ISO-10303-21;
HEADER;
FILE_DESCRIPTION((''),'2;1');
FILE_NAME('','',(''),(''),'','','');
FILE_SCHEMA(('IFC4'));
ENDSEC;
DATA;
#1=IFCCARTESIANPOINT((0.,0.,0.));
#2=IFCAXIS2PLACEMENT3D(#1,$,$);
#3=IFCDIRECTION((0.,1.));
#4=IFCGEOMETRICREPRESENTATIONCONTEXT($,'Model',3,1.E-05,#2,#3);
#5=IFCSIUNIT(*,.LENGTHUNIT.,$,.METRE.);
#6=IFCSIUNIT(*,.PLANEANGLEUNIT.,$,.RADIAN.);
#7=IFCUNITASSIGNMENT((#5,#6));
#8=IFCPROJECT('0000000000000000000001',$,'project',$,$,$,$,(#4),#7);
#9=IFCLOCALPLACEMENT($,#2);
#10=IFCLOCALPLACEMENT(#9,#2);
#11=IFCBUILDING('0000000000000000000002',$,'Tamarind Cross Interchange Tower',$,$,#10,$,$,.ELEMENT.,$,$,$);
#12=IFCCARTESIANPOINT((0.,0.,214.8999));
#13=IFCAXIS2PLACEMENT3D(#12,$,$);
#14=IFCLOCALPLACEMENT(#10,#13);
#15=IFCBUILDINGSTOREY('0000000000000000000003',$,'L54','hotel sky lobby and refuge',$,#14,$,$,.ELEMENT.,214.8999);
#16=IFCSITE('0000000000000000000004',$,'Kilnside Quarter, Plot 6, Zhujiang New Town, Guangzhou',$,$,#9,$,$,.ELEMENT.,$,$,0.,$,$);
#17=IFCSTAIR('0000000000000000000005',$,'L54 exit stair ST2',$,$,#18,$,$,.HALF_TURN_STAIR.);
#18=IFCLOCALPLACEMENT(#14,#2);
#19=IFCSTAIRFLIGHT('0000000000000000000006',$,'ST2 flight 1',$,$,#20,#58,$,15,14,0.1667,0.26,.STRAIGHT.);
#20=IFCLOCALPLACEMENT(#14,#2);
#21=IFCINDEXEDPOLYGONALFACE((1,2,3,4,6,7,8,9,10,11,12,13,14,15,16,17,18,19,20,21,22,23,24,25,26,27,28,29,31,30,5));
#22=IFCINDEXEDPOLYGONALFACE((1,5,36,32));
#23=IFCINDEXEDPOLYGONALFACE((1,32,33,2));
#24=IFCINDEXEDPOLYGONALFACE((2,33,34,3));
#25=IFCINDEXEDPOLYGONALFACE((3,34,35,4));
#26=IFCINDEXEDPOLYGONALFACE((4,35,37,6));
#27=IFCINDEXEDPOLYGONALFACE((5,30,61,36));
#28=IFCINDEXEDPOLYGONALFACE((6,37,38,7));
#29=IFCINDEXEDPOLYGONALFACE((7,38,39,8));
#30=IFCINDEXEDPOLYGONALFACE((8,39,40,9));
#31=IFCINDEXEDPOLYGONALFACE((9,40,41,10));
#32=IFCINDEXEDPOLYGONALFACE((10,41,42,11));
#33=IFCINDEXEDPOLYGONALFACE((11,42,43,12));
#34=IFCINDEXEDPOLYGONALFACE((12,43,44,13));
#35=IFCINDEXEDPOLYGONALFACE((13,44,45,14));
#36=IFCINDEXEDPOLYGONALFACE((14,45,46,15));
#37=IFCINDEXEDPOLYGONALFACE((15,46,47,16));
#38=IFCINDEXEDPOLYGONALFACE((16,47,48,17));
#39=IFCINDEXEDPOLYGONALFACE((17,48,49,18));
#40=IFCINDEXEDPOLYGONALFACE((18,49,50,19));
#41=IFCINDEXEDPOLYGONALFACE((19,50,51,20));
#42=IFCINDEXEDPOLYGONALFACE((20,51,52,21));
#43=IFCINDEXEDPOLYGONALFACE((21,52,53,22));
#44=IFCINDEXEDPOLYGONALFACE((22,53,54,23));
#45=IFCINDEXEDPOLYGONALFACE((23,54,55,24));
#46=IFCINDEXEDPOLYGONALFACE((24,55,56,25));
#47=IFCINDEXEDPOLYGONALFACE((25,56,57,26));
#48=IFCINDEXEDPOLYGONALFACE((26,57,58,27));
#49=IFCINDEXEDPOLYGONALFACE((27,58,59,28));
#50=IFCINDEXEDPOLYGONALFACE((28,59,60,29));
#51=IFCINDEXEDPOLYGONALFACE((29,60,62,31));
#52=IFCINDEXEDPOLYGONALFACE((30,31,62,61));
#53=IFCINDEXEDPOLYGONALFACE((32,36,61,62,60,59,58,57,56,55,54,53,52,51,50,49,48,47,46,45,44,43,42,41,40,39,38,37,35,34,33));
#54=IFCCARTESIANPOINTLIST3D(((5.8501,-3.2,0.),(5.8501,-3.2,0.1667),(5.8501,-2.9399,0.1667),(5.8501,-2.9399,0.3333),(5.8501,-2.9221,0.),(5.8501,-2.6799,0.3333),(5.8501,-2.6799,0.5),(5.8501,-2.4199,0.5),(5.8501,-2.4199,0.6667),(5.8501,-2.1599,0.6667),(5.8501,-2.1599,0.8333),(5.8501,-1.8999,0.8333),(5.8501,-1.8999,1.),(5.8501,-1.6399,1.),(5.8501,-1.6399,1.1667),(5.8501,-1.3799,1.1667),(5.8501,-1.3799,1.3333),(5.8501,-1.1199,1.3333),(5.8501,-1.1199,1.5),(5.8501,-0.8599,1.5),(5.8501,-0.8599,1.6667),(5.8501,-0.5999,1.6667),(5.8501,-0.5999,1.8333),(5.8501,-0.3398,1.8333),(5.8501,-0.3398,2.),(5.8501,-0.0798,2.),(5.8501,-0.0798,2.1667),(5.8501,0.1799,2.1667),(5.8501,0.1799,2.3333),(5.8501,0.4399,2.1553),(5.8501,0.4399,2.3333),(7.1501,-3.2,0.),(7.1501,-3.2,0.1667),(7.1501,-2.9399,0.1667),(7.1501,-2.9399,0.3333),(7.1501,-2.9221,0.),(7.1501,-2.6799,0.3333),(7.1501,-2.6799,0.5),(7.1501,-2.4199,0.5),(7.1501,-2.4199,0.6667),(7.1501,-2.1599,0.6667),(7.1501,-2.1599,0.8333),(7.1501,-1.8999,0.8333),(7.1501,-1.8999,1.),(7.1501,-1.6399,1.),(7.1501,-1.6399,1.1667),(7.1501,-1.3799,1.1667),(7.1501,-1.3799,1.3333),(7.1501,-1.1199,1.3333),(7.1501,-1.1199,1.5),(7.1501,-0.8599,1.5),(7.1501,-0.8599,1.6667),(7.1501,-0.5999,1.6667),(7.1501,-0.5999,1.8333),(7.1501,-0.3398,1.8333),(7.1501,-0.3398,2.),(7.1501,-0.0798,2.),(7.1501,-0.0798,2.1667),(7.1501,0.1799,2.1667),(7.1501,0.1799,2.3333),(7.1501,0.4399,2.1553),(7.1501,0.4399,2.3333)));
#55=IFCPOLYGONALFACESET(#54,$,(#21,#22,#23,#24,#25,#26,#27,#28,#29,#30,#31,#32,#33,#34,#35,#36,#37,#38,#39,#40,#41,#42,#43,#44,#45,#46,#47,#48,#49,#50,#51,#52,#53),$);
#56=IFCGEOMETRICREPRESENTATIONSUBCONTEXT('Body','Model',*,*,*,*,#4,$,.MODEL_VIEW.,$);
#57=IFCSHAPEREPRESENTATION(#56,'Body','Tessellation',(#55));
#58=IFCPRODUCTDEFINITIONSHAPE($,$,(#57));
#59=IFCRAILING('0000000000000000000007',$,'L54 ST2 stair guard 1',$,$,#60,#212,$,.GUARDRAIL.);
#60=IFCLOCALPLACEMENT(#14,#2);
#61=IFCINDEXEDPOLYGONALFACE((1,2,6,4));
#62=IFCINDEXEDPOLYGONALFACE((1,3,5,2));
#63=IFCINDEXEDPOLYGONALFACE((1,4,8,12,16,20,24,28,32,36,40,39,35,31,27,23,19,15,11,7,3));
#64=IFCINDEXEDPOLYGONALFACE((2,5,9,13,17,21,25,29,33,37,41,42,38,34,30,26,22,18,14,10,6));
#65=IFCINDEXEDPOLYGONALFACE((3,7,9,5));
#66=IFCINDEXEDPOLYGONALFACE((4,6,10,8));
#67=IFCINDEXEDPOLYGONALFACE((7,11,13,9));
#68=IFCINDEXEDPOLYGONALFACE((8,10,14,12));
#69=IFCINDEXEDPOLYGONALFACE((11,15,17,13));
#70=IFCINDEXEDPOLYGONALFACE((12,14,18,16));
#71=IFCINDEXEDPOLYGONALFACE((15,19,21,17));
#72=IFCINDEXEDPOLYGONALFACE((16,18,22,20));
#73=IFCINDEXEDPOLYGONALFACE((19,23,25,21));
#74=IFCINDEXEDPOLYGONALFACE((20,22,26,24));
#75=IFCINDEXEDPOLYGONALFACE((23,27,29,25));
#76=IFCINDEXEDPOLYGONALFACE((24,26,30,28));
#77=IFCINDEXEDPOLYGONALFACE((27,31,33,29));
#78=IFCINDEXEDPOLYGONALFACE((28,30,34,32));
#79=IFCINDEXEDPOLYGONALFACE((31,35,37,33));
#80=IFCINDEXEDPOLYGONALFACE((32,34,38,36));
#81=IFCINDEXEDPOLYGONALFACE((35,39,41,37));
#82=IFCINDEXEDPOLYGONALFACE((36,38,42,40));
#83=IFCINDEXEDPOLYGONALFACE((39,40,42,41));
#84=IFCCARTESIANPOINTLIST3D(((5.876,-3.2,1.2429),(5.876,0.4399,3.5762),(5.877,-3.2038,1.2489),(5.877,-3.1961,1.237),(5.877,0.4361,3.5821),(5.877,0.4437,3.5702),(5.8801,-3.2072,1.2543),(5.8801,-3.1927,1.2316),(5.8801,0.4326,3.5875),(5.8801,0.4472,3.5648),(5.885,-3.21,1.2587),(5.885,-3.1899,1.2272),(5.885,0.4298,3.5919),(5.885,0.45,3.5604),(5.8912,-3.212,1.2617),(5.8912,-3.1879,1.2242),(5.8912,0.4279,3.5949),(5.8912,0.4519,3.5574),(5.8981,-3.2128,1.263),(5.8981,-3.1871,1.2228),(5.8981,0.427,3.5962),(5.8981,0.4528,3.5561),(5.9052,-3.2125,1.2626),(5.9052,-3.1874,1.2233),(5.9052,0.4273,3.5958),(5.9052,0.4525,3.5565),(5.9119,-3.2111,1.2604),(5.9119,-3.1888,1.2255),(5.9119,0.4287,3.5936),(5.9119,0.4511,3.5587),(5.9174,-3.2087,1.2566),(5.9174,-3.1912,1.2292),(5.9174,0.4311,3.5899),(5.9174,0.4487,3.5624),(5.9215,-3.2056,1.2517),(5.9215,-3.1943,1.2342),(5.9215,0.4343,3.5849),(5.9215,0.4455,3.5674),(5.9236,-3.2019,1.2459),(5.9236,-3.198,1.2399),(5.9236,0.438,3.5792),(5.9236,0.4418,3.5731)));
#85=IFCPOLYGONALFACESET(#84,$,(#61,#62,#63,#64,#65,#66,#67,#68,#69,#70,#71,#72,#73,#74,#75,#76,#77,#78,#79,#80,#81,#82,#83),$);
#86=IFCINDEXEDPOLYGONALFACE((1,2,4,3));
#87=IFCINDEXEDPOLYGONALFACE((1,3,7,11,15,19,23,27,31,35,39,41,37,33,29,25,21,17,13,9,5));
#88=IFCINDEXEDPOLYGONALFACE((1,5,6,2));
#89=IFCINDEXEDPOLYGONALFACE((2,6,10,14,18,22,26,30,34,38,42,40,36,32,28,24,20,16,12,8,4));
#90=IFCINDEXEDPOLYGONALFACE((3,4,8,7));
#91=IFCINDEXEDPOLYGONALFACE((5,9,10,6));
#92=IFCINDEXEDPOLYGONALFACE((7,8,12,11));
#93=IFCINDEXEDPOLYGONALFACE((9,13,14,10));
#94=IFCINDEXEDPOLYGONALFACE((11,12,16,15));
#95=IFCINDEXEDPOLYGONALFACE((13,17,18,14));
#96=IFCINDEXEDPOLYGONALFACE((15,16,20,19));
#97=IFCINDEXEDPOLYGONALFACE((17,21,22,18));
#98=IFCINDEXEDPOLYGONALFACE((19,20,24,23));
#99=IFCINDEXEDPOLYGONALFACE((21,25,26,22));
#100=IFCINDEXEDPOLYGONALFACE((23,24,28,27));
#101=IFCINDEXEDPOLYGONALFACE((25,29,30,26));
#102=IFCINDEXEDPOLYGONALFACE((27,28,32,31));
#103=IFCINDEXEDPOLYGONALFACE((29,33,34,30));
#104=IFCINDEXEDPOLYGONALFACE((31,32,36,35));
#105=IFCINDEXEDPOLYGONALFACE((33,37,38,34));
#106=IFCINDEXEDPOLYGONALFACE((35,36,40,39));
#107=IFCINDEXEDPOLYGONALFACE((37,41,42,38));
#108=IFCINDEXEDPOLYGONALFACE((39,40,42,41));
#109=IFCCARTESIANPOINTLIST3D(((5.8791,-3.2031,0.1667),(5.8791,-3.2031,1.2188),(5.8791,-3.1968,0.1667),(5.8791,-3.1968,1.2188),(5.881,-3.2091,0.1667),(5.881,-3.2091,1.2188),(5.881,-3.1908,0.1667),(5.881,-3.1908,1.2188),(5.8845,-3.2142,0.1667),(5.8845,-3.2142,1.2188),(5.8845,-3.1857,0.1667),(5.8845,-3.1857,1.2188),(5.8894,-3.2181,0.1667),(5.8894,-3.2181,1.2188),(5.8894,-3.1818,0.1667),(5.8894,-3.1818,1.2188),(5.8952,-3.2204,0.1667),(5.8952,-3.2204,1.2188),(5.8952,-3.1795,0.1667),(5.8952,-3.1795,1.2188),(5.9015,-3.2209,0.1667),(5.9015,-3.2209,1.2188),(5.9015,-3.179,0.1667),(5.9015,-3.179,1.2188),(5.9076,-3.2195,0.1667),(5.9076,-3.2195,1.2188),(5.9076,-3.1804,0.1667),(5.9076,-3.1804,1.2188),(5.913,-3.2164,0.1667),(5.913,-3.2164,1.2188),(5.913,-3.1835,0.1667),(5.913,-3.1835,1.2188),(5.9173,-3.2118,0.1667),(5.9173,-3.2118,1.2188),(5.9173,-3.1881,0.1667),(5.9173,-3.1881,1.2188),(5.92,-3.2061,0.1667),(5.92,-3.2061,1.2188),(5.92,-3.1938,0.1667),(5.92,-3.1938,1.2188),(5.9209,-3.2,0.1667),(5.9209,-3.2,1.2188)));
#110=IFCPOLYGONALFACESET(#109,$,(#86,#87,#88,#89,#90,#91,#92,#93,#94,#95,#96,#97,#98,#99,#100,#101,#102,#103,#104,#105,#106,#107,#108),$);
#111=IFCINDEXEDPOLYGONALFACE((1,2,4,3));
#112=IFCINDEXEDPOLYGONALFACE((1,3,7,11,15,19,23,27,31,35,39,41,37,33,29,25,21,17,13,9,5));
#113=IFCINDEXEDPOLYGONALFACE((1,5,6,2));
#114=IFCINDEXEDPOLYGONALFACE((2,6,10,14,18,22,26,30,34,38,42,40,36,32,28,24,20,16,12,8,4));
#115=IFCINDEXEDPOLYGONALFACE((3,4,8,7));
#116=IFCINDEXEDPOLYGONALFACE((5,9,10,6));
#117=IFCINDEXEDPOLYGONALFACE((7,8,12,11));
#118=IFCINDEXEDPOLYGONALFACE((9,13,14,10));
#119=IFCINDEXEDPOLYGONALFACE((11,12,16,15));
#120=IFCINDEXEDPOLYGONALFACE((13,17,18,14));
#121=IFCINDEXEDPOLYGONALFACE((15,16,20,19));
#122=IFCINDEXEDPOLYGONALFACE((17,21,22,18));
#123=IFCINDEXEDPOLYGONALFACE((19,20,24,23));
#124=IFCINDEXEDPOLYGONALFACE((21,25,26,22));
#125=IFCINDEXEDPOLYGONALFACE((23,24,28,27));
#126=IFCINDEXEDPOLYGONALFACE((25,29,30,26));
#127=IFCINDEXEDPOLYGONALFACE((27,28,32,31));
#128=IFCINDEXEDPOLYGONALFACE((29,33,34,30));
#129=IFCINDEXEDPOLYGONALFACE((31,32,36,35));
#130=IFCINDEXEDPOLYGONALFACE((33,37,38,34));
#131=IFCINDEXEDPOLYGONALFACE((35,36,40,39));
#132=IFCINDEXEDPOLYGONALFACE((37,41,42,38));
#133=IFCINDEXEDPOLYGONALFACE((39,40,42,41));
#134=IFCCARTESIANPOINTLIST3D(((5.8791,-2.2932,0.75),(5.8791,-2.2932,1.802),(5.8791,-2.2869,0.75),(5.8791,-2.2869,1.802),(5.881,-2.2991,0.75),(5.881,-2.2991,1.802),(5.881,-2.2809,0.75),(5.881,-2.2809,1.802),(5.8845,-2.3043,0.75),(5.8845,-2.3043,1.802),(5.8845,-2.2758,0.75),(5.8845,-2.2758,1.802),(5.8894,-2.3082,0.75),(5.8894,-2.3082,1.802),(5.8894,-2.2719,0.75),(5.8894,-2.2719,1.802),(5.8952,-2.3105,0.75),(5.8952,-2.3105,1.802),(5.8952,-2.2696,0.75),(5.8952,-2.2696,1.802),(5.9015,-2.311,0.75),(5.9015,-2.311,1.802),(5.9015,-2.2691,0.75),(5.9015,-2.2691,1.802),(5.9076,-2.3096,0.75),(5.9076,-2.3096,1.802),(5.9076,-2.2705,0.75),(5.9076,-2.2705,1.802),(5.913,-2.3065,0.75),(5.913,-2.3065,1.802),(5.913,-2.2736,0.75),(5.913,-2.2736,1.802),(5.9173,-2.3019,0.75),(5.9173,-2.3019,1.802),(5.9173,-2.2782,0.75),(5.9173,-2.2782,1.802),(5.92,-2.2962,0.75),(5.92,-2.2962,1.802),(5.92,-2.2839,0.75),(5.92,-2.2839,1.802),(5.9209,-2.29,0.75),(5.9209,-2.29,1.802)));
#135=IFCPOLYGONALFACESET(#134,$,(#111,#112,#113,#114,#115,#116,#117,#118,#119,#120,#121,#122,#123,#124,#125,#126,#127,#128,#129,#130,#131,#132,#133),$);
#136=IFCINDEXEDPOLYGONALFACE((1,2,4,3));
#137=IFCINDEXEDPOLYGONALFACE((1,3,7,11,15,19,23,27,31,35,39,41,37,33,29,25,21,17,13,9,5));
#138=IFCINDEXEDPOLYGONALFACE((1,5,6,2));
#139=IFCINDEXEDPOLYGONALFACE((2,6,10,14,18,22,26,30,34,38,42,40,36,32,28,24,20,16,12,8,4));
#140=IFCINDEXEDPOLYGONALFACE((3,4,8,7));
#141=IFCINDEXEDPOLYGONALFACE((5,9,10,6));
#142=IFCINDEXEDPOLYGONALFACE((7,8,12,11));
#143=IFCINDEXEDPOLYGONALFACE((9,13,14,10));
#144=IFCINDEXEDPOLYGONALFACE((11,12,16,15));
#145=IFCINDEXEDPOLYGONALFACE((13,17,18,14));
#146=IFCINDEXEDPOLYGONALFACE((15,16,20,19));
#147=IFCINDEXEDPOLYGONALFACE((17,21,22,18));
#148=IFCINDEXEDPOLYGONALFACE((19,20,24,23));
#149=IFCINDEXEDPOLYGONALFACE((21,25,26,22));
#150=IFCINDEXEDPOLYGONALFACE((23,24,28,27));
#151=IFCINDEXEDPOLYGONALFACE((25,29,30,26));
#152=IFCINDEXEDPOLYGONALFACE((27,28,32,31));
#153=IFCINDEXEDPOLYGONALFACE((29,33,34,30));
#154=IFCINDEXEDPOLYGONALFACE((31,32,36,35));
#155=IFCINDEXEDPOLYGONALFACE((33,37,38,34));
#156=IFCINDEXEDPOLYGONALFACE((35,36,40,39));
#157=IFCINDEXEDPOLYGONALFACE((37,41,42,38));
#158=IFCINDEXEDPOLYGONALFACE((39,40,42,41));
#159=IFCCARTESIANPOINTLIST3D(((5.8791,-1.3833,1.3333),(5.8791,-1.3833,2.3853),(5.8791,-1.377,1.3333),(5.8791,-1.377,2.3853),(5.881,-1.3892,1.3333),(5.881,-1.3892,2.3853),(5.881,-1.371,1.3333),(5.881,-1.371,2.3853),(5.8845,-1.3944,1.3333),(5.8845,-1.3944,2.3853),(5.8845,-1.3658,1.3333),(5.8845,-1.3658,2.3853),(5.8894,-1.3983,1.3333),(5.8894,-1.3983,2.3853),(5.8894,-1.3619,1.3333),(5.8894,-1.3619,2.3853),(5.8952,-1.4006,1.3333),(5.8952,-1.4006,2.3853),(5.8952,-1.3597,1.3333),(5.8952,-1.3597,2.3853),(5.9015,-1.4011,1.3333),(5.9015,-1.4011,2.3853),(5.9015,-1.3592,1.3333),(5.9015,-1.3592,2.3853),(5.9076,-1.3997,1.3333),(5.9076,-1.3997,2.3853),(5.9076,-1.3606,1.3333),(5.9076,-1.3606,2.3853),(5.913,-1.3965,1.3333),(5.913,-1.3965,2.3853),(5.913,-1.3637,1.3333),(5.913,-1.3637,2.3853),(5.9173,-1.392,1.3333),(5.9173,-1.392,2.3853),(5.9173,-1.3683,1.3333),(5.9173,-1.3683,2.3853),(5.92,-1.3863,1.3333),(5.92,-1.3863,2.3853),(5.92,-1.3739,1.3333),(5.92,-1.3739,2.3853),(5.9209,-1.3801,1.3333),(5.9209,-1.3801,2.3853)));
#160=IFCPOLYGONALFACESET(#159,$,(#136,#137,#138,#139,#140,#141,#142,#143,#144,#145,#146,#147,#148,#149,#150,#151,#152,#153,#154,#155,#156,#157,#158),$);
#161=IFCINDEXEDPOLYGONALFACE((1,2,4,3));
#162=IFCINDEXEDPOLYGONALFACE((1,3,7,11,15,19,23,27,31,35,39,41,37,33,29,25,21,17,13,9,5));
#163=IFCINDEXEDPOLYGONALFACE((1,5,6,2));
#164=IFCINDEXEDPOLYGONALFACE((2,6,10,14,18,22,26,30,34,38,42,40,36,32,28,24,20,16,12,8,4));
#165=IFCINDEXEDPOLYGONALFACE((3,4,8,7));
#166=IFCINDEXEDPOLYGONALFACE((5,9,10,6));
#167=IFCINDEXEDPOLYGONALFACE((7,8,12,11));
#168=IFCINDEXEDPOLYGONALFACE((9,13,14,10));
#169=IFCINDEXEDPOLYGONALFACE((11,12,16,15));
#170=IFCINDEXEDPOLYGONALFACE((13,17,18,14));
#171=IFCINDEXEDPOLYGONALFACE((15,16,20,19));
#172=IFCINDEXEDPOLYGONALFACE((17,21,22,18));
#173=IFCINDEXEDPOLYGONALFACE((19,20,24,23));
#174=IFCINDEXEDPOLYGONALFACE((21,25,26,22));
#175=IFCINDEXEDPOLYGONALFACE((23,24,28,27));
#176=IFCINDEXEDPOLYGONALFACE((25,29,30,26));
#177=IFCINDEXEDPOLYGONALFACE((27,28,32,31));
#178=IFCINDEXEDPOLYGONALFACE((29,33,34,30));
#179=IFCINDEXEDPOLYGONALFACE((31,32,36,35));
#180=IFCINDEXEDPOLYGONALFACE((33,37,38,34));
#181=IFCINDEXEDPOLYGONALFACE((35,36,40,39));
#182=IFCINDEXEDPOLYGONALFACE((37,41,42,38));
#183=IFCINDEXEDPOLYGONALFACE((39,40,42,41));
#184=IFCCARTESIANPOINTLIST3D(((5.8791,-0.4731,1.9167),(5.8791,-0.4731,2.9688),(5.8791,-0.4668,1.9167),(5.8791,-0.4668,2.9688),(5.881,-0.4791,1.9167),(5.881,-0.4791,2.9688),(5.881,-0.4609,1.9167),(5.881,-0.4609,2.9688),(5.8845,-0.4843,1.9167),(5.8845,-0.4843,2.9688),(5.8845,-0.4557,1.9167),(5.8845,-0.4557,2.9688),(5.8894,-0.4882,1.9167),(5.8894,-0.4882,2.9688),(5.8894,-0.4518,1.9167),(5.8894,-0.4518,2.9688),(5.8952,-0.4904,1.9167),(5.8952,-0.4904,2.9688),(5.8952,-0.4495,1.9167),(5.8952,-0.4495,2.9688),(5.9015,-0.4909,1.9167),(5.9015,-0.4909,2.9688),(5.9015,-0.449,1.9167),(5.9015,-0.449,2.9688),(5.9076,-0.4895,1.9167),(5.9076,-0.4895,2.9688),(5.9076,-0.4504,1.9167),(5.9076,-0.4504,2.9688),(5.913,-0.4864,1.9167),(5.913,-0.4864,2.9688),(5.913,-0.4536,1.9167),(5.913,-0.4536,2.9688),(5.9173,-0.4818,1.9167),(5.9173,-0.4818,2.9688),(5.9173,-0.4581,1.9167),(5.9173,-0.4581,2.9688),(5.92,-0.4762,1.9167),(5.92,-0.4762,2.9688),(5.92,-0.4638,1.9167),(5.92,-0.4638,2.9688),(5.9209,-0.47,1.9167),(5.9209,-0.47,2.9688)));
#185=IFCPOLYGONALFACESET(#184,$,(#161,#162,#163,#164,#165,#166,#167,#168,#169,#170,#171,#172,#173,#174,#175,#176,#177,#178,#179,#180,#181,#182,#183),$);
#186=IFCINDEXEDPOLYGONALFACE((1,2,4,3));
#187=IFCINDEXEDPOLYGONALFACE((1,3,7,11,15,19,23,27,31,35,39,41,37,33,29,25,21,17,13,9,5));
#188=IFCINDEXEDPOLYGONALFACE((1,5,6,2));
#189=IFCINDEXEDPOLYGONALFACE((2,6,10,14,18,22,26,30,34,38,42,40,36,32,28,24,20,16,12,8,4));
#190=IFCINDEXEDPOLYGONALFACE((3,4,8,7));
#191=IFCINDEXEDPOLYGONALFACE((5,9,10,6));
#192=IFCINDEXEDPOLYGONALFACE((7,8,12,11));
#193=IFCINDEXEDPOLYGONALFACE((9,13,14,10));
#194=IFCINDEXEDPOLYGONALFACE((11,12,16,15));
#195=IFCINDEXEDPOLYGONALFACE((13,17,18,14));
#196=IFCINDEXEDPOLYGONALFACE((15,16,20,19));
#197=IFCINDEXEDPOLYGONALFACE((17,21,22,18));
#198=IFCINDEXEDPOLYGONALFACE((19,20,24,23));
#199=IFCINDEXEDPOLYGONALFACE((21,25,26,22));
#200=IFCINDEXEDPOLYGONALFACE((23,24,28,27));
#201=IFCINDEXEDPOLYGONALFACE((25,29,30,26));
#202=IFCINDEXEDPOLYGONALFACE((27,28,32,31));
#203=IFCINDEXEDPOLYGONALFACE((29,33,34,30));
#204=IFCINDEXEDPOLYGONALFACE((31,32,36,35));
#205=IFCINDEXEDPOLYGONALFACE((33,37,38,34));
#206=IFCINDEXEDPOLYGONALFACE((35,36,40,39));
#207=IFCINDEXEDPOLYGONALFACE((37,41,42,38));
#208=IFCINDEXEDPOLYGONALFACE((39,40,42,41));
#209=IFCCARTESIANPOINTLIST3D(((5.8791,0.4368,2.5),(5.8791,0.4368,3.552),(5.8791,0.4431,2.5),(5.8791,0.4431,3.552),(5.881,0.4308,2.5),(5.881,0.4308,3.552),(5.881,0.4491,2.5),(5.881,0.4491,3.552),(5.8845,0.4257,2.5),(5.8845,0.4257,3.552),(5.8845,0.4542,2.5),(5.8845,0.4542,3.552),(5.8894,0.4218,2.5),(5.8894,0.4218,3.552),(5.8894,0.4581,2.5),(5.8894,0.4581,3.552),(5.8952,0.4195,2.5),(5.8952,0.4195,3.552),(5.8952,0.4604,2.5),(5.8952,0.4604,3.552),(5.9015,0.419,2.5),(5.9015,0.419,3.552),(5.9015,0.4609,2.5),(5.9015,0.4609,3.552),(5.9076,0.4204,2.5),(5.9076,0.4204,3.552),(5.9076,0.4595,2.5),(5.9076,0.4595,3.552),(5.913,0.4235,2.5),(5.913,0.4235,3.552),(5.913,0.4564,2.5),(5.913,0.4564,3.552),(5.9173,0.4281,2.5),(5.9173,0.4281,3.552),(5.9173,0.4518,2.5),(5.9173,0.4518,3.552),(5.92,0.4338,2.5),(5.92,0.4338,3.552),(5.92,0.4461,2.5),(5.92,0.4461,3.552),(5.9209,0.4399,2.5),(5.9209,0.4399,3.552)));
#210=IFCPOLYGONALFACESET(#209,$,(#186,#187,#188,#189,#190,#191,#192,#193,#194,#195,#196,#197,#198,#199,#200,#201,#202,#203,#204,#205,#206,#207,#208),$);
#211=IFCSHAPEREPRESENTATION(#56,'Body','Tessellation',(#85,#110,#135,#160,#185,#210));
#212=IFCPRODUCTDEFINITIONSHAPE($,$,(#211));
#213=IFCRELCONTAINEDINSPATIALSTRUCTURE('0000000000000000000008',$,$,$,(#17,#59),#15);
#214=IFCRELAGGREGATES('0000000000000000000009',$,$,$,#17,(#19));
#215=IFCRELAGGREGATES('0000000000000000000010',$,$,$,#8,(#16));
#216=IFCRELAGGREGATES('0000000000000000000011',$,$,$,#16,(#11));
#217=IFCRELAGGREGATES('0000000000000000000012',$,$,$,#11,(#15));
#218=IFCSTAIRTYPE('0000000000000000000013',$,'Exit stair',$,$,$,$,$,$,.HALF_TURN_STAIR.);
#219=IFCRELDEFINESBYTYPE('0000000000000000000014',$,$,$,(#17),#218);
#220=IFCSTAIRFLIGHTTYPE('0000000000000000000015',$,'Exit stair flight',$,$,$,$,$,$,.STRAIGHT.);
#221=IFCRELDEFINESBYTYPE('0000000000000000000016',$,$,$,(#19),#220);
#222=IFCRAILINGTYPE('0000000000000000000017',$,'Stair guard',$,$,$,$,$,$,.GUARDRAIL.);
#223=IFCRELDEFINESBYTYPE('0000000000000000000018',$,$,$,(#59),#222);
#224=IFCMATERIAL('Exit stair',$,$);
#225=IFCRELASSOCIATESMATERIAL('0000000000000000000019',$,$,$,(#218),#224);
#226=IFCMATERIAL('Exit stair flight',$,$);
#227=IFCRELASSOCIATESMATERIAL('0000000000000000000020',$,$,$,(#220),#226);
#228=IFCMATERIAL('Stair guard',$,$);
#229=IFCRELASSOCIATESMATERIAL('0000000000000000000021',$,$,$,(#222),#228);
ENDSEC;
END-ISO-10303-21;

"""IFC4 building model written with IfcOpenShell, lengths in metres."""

from ifc_helpers import new_model, si_unit, direction, frame, origin, origin_2d, place, context, subcontext, project, spatial, polyline, circle, outline, extrude, material, type_object, element, aggregate, save


model = new_model("IFC4")

# Units and contexts
model_context = context("Model", 3, precision=1e-05, world=origin(), true_north=direction((0.0, 1.0)))
body_context = subcontext(model_context, "Body", "Model", "MODEL_VIEW")
ifc_project = project(units=[si_unit("LENGTHUNIT", "METRE"), si_unit("PLANEANGLEUNIT", "RADIAN")], contexts=[model_context])

# Site, building, storey
site_placement = place(None, origin())
site = spatial("IfcSite", under=ifc_project, at=site_placement, Name="Kilnside Quarter, Plot 6, Zhujiang New Town, Guangzhou", CompositionType="ELEMENT", RefElevation=0.0)
building_placement = place(site_placement, origin())
building = spatial("IfcBuilding", under=site, at=building_placement, Name="Tamarind Cross Interchange Tower", CompositionType="ELEMENT")
storey_placement = place(building_placement, frame((0.0, 0.0, 214.8999)))
storey = spatial("IfcBuildingStorey", under=building, at=storey_placement, Name="L54", Description="hotel sky lobby and refuge", CompositionType="ELEMENT", Elevation=214.8999)

# Stair, stair flight
ifc_material_1 = material(Name="Exit stair")
stair_type = type_object("IfcStairType", Name="Exit stair", PredefinedType="HALF_TURN_STAIR", material=ifc_material_1)
stair_placement = place(storey_placement, origin())
stair = element("IfcStair", 1, at=stair_placement, inside=storey, type_object=stair_type, Name="L54 exit stair ST2", PredefinedType="HALF_TURN_STAIR")
ifc_material_2 = material(Name="Exit stair flight")
stair_flight_type = type_object("IfcStairFlightType", Name="Exit stair flight", PredefinedType="STRAIGHT", material=ifc_material_2)
stair_flight_placement = place(storey_placement, frame((6.5, -3.2, 0.0), z_axis=(0.0, 0.0, 1.0), x_axis=(0.0, 1.0, 0.0)))
stair_flight = element("IfcStairFlight", 2, at=stair_flight_placement, type_object=stair_flight_type, Name="ST2 flight 1", NumberOfRisers=15, NumberOfTreads=14, PredefinedType="STRAIGHT", RiserHeight=0.1667, TreadLength=0.26, context=body_context, shape_type="SweptSolid", body=[
    extrude(outline(polyline([(0.0, 0.0), (0.0, 0.1667), (0.26, 0.1667), (0.26, 0.3333), (0.52, 0.3333), (0.52, 0.5), (0.78, 0.5), (0.78, 0.6667), (1.04, 0.6667), (1.04, 0.8333), (1.3, 0.8333), (1.3, 1.0), (1.5601, 1.0), (1.5601, 1.1667), (1.8201, 1.1667), (1.8201, 1.3333), (2.0801, 1.3333), (2.0801, 1.5), (2.3401, 1.5), (2.3401, 1.6667), (2.6001, 1.6667), (2.6001, 1.8333), (2.8601, 1.8333), (2.8601, 2.0), (3.1201, 2.0), (3.1201, 2.1667), (3.3799, 2.1667), (3.3799, 2.3333), (3.6399, 2.3333), (3.6399, 2.5), (3.6399, 2.1553), (0.2778, 0.0), (0.0, 0.0)])), frame((0.0, 0.6499, 0.0), z_axis=(0.0, -1.0, 0.0), x_axis=(1.0, 0.0, 0.0)), (0.0, 0.0, 1.0), 1.3),
])
aggregate(stair, [stair_flight])

# Railing
ifc_material_3 = material(Name="Stair guard")
railing_type_1 = type_object("IfcRailingType", Name="Stair guard", PredefinedType="GUARDRAIL", material=ifc_material_3)
railing_1_placement = place(storey_placement, frame((5.8999, -3.2, 0.1667)))
element("IfcRailing", 3, at=railing_1_placement, inside=storey, type_object=railing_type_1, Name="L54 ST2 stair guard 1", PredefinedType="GUARDRAIL", context=body_context, shape_type="SweptSolid", body=[
    extrude(circle(Radius=0.0239, at=origin_2d()), frame((0.0, 0.0, 1.0762), z_axis=(0.0, 0.84188, 0.539664), x_axis=(-1.0, 0.0, 0.0)), (0.0, 0.0, 1.0), 4.3235),
    extrude(circle(Radius=0.021, at=origin_2d()), origin(), (0.0, 0.0, 1.0), 1.052),
    extrude(circle(Radius=0.021, at=origin_2d()), frame((0.0, 0.9099, 0.5833)), (0.0, 0.0, 1.0), 1.052),
    extrude(circle(Radius=0.021, at=origin_2d()), frame((0.0, 1.8198, 1.1665)), (0.0, 0.0, 1.0), 1.052),
    extrude(circle(Radius=0.021, at=origin_2d()), frame((0.0, 2.73, 1.75)), (0.0, 0.0, 1.0), 1.052),
    extrude(circle(Radius=0.021, at=origin_2d()), frame((0.0, 3.6399, 2.3333)), (0.0, 0.0, 1.0), 1.052),
])

save(model, "model.ifc")
